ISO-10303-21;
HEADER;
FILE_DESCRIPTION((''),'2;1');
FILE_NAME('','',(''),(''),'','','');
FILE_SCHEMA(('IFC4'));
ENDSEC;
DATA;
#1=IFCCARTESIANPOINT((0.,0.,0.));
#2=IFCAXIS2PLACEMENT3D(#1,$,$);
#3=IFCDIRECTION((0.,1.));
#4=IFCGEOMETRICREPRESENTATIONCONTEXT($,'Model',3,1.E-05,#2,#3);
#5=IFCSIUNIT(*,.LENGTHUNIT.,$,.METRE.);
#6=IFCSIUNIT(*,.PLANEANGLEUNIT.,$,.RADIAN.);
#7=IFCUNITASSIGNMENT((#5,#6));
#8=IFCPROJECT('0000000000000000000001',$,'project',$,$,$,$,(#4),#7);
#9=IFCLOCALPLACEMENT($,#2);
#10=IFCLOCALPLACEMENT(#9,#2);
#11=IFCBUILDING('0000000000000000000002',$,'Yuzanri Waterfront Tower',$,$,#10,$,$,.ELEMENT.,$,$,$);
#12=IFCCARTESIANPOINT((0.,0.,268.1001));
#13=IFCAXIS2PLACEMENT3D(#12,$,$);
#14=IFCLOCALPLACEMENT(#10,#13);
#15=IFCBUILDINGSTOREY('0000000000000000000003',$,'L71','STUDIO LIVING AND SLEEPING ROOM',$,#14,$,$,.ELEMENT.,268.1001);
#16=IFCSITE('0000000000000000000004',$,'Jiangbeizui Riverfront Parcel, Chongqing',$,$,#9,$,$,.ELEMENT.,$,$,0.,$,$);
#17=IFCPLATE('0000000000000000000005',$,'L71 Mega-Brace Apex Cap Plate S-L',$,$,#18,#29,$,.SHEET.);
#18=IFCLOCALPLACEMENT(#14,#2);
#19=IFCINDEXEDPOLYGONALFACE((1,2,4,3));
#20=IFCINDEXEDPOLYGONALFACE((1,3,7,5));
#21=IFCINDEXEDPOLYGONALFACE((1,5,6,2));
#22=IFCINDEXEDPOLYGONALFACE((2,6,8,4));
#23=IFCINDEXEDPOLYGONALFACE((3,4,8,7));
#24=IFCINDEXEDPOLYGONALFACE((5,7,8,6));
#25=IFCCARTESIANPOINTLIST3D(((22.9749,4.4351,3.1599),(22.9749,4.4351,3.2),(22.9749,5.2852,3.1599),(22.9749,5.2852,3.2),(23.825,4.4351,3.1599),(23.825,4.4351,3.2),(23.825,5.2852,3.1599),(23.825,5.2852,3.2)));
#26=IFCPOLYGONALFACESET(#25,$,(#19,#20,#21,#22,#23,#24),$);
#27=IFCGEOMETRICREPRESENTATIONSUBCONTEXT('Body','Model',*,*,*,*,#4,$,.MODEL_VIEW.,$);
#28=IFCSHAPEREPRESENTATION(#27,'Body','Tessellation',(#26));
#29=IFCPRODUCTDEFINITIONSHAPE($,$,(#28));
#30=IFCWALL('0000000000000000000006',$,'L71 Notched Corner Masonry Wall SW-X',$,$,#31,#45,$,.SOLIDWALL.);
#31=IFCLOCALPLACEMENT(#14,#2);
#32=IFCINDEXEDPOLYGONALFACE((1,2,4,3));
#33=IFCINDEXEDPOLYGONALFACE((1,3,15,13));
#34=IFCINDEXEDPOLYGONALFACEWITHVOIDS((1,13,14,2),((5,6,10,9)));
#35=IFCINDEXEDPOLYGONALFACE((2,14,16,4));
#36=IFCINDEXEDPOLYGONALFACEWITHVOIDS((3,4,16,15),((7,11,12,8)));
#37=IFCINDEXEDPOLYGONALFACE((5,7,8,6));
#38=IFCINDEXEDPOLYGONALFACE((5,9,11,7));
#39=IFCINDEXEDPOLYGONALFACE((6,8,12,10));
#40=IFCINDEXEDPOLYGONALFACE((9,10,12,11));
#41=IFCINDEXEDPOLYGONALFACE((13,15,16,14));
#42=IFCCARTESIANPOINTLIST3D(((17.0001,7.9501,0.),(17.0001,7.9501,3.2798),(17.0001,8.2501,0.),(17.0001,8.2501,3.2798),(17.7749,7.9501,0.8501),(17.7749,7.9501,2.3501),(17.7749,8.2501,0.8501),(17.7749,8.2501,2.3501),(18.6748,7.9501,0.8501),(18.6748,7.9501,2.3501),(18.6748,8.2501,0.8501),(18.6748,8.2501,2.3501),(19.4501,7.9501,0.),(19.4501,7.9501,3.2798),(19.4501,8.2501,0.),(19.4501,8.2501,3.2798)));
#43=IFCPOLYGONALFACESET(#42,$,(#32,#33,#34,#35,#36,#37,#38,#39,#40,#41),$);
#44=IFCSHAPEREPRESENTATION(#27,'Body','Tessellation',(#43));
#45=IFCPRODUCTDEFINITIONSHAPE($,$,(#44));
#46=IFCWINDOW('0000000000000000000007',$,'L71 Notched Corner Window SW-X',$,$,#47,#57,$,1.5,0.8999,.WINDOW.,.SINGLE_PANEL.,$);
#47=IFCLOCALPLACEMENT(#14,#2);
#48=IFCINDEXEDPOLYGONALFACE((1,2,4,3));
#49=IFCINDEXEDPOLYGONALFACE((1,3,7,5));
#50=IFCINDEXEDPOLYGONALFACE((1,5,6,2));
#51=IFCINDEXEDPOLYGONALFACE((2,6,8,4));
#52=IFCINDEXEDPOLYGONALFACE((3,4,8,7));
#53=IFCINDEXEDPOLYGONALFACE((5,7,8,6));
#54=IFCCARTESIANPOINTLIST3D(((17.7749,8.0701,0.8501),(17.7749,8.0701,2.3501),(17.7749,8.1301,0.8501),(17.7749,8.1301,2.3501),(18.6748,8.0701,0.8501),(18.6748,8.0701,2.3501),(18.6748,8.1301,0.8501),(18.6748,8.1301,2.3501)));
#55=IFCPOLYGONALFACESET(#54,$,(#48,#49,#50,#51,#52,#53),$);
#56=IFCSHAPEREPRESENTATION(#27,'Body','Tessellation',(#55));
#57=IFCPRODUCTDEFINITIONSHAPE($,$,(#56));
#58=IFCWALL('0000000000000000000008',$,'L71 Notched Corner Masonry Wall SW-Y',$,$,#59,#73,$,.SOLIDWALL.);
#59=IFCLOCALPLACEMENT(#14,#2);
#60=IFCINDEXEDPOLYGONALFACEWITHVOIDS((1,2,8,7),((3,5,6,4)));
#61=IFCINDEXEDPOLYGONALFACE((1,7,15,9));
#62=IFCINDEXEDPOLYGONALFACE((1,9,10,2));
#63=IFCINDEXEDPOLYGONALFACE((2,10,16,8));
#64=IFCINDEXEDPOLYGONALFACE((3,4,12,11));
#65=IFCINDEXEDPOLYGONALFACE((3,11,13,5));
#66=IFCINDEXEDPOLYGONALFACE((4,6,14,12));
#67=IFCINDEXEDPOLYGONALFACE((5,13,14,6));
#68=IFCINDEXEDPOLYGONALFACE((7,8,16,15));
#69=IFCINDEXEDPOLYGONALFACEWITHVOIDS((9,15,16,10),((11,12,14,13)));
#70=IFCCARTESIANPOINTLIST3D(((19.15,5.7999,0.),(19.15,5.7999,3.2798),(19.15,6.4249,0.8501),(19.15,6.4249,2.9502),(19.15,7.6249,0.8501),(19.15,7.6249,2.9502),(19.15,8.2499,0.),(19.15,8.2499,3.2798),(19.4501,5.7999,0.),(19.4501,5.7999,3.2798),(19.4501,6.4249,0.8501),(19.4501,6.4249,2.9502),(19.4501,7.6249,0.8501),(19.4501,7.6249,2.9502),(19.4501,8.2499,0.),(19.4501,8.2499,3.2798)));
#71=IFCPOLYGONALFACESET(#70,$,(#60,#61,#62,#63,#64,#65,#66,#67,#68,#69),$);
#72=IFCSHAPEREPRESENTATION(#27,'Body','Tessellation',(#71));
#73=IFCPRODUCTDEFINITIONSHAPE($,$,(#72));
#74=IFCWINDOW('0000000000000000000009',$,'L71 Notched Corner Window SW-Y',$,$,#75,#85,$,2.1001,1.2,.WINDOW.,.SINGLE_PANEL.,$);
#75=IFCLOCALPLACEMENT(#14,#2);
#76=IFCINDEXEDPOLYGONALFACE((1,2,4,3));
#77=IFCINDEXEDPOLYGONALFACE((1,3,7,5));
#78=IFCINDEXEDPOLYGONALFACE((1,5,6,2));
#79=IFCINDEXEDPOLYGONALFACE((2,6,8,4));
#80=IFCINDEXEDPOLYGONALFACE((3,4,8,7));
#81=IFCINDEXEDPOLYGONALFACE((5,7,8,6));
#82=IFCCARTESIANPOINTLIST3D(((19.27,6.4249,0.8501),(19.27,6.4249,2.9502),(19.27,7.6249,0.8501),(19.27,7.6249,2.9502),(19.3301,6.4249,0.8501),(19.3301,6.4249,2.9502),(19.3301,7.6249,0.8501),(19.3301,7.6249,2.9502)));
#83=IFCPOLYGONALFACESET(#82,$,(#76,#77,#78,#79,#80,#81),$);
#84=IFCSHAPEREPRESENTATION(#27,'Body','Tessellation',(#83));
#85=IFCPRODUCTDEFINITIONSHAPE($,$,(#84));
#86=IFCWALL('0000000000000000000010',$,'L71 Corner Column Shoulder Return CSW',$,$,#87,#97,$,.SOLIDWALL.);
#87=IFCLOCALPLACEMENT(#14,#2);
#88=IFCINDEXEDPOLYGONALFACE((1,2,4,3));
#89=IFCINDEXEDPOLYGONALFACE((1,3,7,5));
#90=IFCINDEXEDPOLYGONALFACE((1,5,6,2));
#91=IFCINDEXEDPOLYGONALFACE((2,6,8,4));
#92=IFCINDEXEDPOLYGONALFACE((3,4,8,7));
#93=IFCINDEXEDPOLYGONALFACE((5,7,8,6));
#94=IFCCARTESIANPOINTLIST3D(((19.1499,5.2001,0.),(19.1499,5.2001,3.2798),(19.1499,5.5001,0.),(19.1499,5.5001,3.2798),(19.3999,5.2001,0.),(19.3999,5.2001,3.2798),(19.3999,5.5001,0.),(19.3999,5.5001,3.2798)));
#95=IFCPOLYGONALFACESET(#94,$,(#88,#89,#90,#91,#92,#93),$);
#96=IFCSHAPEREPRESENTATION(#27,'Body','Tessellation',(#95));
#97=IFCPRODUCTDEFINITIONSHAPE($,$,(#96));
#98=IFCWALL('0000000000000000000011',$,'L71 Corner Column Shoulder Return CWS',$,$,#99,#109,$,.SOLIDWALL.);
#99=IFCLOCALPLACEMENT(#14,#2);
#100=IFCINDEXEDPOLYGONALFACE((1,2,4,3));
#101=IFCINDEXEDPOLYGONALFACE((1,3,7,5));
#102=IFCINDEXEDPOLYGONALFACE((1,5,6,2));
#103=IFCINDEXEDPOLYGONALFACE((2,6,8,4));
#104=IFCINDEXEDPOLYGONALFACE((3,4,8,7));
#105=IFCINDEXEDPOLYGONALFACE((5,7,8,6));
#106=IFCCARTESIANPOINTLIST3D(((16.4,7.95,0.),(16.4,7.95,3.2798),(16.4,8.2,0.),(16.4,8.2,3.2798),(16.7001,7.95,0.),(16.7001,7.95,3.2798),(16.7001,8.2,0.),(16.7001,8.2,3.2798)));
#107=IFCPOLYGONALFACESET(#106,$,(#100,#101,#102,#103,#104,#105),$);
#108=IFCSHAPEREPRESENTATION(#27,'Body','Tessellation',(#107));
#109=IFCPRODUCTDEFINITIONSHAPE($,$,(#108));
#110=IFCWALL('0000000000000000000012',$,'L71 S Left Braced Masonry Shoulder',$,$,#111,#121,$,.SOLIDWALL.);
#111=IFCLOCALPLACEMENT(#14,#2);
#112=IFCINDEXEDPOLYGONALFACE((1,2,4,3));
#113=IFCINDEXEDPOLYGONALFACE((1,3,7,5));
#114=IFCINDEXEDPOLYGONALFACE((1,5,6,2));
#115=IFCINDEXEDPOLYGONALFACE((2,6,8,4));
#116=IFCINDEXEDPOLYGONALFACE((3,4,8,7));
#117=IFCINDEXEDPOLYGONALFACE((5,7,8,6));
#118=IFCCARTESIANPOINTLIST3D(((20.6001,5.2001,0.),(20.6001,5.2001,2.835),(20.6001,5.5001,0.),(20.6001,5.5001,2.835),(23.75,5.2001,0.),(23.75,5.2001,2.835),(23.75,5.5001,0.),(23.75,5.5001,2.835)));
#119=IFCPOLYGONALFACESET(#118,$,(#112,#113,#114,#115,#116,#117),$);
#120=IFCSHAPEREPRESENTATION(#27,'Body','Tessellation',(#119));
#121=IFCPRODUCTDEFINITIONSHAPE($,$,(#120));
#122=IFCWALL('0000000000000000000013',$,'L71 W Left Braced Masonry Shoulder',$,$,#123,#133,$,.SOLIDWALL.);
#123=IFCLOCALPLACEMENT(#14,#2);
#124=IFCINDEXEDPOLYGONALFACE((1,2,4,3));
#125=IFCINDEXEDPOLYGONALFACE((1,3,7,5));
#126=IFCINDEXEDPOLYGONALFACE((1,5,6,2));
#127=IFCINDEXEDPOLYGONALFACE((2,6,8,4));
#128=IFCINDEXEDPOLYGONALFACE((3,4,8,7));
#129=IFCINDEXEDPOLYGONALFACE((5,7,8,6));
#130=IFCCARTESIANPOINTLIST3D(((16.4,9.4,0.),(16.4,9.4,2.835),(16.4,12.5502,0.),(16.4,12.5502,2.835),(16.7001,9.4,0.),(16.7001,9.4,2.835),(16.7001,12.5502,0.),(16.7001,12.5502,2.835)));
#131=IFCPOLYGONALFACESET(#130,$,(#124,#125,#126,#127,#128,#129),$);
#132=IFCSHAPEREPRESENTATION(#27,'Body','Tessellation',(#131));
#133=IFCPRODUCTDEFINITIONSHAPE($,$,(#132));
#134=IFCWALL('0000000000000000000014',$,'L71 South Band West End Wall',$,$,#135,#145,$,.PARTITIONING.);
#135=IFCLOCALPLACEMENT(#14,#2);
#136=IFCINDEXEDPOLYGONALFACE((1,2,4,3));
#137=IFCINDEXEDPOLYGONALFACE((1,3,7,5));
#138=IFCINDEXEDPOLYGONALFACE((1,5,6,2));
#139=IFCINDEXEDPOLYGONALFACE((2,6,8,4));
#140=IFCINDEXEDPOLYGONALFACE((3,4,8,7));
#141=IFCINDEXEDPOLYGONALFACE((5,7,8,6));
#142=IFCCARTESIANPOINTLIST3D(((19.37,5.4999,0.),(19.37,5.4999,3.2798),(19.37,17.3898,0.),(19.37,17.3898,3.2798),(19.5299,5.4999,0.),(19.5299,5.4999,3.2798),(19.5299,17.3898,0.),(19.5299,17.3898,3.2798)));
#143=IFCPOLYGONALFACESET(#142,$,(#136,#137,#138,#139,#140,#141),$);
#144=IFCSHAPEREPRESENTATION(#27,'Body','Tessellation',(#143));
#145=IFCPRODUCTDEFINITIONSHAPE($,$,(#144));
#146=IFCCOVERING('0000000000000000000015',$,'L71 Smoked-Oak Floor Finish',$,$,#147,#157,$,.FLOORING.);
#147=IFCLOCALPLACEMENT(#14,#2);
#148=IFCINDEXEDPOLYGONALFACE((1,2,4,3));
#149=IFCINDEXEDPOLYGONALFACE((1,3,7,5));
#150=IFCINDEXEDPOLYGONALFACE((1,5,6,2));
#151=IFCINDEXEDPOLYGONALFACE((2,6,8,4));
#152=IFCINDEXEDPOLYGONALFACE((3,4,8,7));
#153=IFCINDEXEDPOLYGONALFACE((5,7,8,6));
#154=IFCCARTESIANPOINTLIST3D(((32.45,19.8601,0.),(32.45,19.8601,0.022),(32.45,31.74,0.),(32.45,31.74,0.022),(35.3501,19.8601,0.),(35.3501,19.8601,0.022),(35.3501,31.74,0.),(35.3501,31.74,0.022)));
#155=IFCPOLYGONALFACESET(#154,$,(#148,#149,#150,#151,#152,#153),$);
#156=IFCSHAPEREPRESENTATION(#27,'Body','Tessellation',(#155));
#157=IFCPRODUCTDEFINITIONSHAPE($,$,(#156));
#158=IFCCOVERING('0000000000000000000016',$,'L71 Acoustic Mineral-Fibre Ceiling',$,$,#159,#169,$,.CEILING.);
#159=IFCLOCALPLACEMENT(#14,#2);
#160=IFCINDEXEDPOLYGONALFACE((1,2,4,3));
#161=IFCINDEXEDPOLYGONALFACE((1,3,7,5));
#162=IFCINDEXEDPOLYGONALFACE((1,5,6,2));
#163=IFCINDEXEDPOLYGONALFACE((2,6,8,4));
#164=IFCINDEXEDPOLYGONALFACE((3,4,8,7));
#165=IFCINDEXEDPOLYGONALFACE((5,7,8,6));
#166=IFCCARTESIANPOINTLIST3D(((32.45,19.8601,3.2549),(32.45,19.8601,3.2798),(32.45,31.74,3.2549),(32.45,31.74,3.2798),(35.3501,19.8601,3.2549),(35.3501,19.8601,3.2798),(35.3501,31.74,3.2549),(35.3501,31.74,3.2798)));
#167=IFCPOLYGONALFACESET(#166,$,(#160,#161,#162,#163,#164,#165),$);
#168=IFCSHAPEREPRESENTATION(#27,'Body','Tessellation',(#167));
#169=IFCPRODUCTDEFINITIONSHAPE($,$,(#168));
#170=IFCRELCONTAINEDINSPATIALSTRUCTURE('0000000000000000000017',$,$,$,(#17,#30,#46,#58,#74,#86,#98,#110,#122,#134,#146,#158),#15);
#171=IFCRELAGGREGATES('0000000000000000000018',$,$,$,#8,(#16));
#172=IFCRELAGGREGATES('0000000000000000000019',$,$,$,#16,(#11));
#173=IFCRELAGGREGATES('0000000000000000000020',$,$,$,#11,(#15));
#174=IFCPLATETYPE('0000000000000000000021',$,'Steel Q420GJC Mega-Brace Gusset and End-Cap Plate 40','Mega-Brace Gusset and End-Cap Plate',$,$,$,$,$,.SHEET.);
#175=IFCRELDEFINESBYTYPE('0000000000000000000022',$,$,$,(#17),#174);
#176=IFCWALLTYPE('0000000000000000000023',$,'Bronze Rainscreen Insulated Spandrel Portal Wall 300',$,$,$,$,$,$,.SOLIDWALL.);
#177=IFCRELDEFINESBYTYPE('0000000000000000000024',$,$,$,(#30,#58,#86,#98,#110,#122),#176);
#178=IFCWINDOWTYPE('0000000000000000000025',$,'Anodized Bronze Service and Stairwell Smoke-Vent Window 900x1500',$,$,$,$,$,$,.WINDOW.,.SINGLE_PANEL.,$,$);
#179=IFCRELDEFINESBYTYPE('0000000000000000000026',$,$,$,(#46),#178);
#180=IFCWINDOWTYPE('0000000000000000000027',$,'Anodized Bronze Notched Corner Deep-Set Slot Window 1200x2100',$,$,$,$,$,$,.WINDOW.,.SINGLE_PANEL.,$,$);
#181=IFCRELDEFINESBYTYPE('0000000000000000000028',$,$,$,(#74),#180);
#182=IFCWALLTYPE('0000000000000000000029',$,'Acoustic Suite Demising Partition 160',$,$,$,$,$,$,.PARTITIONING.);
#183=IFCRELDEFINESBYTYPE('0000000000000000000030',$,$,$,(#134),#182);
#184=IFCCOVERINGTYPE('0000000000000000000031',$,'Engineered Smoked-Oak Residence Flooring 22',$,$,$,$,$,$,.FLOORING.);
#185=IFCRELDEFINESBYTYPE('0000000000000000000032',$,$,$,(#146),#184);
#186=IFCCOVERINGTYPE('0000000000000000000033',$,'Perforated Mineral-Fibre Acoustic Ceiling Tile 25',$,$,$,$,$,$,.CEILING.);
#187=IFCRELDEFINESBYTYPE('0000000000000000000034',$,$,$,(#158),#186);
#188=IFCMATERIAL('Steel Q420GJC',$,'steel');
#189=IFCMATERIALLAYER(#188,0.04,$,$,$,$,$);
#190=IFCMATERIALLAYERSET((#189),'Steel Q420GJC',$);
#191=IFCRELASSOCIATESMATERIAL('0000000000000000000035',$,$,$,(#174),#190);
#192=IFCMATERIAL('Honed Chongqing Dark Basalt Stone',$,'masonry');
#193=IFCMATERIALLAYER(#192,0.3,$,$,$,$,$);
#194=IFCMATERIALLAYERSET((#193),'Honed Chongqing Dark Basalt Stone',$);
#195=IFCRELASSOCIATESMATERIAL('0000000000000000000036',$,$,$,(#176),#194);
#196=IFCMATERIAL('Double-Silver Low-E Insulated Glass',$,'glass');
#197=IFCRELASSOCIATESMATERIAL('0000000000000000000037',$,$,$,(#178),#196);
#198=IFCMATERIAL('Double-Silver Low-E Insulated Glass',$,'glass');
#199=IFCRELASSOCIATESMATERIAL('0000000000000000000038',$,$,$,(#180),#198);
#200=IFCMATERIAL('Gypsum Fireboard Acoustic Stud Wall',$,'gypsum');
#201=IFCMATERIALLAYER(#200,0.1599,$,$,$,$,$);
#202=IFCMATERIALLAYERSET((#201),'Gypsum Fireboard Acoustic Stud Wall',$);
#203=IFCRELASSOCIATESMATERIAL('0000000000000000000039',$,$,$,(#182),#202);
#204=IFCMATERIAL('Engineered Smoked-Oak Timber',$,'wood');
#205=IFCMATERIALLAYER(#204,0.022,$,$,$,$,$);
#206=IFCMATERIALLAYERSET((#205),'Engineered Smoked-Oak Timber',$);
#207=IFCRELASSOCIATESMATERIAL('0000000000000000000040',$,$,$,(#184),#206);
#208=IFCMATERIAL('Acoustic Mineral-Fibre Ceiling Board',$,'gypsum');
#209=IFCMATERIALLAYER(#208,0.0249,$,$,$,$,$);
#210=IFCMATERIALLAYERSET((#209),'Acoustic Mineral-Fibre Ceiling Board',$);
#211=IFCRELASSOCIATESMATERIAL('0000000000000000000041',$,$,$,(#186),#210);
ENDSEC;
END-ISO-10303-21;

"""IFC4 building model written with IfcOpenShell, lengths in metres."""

from ifc_helpers import new_model, si_unit, direction, frame, frame_2d, origin, origin_2d, place, context, subcontext, project, spatial, polyline, rectangle, outline, extrude, source, transform, mapped, material, layer, layer_set, type_object, element, fill, save


model = new_model("IFC4")

# Units and contexts
model_context = context("Model", 3, precision=1e-05, world=origin(), true_north=direction((0.0, 1.0)))
body_context = subcontext(model_context, "Body", "Model", "MODEL_VIEW")
ifc_project = project(units=[si_unit("LENGTHUNIT", "METRE"), si_unit("PLANEANGLEUNIT", "RADIAN")], contexts=[model_context])

# Site, building, storey
site_placement = place(None, origin())
site = spatial("IfcSite", under=ifc_project, at=site_placement, Name="Jiangbeizui Riverfront Parcel, Chongqing", CompositionType="ELEMENT", RefElevation=0.0)
building_placement = place(site_placement, origin())
building = spatial("IfcBuilding", under=site, at=building_placement, Name="Yuzanri Waterfront Tower", CompositionType="ELEMENT")
storey_placement = place(building_placement, frame((0.0, 0.0, 268.1001)))
storey = spatial("IfcBuildingStorey", under=building, at=storey_placement, Name="L71", Description="STUDIO LIVING AND SLEEPING ROOM", CompositionType="ELEMENT", Elevation=268.1001)

# Plate
ifc_material_1 = material(Name="Steel Q420GJC", Category="steel")
ifc_layer_1 = layer(ifc_material_1, 0.04)
ifc_layer_set_1 = layer_set([ifc_layer_1], Name="Steel Q420GJC")
plate_type = type_object("IfcPlateType", Name="Steel Q420GJC Mega-Brace Gusset and End-Cap Plate 40", Description="Mega-Brace Gusset and End-Cap Plate", PredefinedType="SHEET", material=ifc_layer_set_1)
shared_shape_1 = source(origin(), body_context, "Body", "SweptSolid", [
    extrude(rectangle(XDim=0.8501, YDim=0.8501, at=origin_2d()), origin(), (0.0, 0.0, 1.0), 0.04),
])
plate_placement = place(storey_placement, frame((23.3999, 4.8601, 3.1599), z_axis=(0.0, 0.0, 1.0), x_axis=(1.0, 0.0, 0.0)))
element("IfcPlate", 1, at=plate_placement, inside=storey, type_object=plate_type, Name="L71 Mega-Brace Apex Cap Plate S-L", PredefinedType="SHEET", context=body_context, shape_type="MappedRepresentation", body=[
    mapped(shared_shape_1, transform((0.0, 0.0, 0.0), scale=1.0)),
])

# Walls, openings, windows
ifc_material_2 = material(Name="Honed Chongqing Dark Basalt Stone", Category="masonry")
ifc_layer_2 = layer(ifc_material_2, 0.3)
ifc_layer_set_2 = layer_set([ifc_layer_2], Name="Honed Chongqing Dark Basalt Stone")
wall_type_1 = type_object("IfcWallType", Name="Bronze Rainscreen Insulated Spandrel Portal Wall 300", PredefinedType="SOLIDWALL", material=ifc_layer_set_2)
wall_1_placement = place(storey_placement, frame((17.0, 8.1001, 0.0), z_axis=(0.0, 0.0, 1.0), x_axis=(1.0, 0.0, 0.0)))
wall_1 = element("IfcWall", 2, at=wall_1_placement, inside=storey, type_object=wall_type_1, Name="L71 Notched Corner Masonry Wall SW-X", PredefinedType="SOLIDWALL", context=body_context, shape_type="SweptSolid", body=[
    extrude(rectangle(XDim=2.45, YDim=0.3, at=frame_2d((1.2251, 0.0))), origin(), (0.0, 0.0, 1.0), 3.2798),
])
opening_1_placement = place(wall_1_placement, frame((0.7749, 0.0, 0.8501)))
opening_1 = element("IfcOpeningElement", 3, at=opening_1_placement, cuts=wall_1, PredefinedType="OPENING", context=body_context, shape_type="SweptSolid", body=[
    extrude(rectangle(XDim=0.8999, YDim=1.5, at=frame_2d((0.45, 0.75))), frame((0.0, 0.165, 0.0), z_axis=(0.0, -1.0, 0.0), x_axis=(1.0, 0.0, 0.0)), (0.0, 0.0, 1.0), 0.3298),
])
ifc_material_3 = material(Name="Double-Silver Low-E Insulated Glass", Category="glass")
window_type_1 = type_object("IfcWindowType", Name="Anodized Bronze Service and Stairwell Smoke-Vent Window 900x1500", PartitioningType="SINGLE_PANEL", PredefinedType="WINDOW", material=ifc_material_3)
shared_shape_2 = source(origin(), body_context, "Body", "SweptSolid", [
    extrude(rectangle(XDim=0.8999, YDim=1.5, at=frame_2d((0.45, 0.75))), frame((0.0, 0.03, 0.0), z_axis=(0.0, -1.0, 0.0), x_axis=(1.0, 0.0, 0.0)), (0.0, 0.0, 1.0), 0.0601),
])
window_1_placement = place(opening_1_placement, origin())
window_1 = element("IfcWindow", 4, at=window_1_placement, inside=storey, type_object=window_type_1, Name="L71 Notched Corner Window SW-X", OverallHeight=1.5, OverallWidth=0.8999, PartitioningType="SINGLE_PANEL", PredefinedType="WINDOW", context=body_context, shape_type="MappedRepresentation", body=[
    mapped(shared_shape_2, transform((0.0, 0.0, 0.0), scale=1.0)),
])
fill(opening_1, window_1)
wall_2_placement = place(storey_placement, frame((19.3, 8.25, 0.0), z_axis=(0.0, 0.0, 1.0), x_axis=(0.0, -1.0, 0.0)))
wall_2 = element("IfcWall", 5, at=wall_2_placement, inside=storey, type_object=wall_type_1, Name="L71 Notched Corner Masonry Wall SW-Y", PredefinedType="SOLIDWALL", context=body_context, shape_type="SweptSolid", body=[
    extrude(rectangle(XDim=2.45, YDim=0.3, at=frame_2d((1.2251, 0.0))), origin(), (0.0, 0.0, 1.0), 3.2798),
])
opening_2_placement = place(wall_2_placement, frame((0.625, 0.0, 0.8501)))
opening_2 = element("IfcOpeningElement", 6, at=opening_2_placement, cuts=wall_2, PredefinedType="OPENING", context=body_context, shape_type="SweptSolid", body=[
    extrude(rectangle(XDim=1.2, YDim=2.1001, at=frame_2d((0.6001, 1.05))), frame((0.0, 0.165, 0.0), z_axis=(0.0, -1.0, 0.0), x_axis=(1.0, 0.0, 0.0)), (0.0, 0.0, 1.0), 0.3298),
])
ifc_material_4 = material(Name="Double-Silver Low-E Insulated Glass", Category="glass")
window_type_2 = type_object("IfcWindowType", Name="Anodized Bronze Notched Corner Deep-Set Slot Window 1200x2100", PartitioningType="SINGLE_PANEL", PredefinedType="WINDOW", material=ifc_material_4)
shared_shape_3 = source(origin(), body_context, "Body", "SweptSolid", [
    extrude(rectangle(XDim=1.2, YDim=2.1001, at=frame_2d((0.6001, 1.05))), frame((0.0, 0.03, 0.0), z_axis=(0.0, -1.0, 0.0), x_axis=(1.0, 0.0, 0.0)), (0.0, 0.0, 1.0), 0.0601),
])
window_2_placement = place(opening_2_placement, origin())
window_2 = element("IfcWindow", 7, at=window_2_placement, inside=storey, type_object=window_type_2, Name="L71 Notched Corner Window SW-Y", OverallHeight=2.1001, OverallWidth=1.2, PartitioningType="SINGLE_PANEL", PredefinedType="WINDOW", context=body_context, shape_type="MappedRepresentation", body=[
    mapped(shared_shape_3, transform((0.0, 0.0, 0.0), scale=1.0)),
])
fill(opening_2, window_2)

# Walls
shared_shape_4 = source(origin(), body_context, "Body", "SweptSolid", [
    extrude(rectangle(XDim=0.25, YDim=0.3, at=frame_2d((0.125, 0.0))), origin(), (0.0, 0.0, 1.0), 3.2798),
])
for number, where, z_axis, x_axis, name in (
    (8, (19.1499, 5.3501, 0.0), (0.0, 0.0, 1.0), (1.0, 0.0, 0.0), "L71 Corner Column Shoulder Return CSW"),
    (9, (16.55, 7.95, 0.0), (0.0, 0.0, 1.0), (0.0, 1.0, 0.0), "L71 Corner Column Shoulder Return CWS"),
):
    element("IfcWall", number, at=place(storey_placement, frame(where, z_axis=z_axis, x_axis=x_axis)), inside=storey, type_object=wall_type_1, Name=name, PredefinedType="SOLIDWALL", context=body_context, shape_type="MappedRepresentation", body=[
        mapped(shared_shape_4, transform((0.0, 0.0, 0.0), scale=1.0)),
    ])
shared_shape_5 = source(origin(), body_context, "Body", "SweptSolid", [
    extrude(rectangle(XDim=3.1499, YDim=0.3, at=frame_2d((1.575, 0.0))), origin(), (0.0, 0.0, 1.0), 2.835),
])
wall_3_placement = place(storey_placement, frame((20.6001, 5.3501, 0.0), z_axis=(0.0, 0.0, 1.0), x_axis=(1.0, 0.0, 0.0)))
element("IfcWall", 10, at=wall_3_placement, inside=storey, type_object=wall_type_1, Name="L71 S Left Braced Masonry Shoulder", PredefinedType="SOLIDWALL", context=body_context, shape_type="MappedRepresentation", body=[
    mapped(shared_shape_5, transform((0.0, 0.0, 0.0), scale=1.0)),
])
shared_shape_6 = source(origin(), body_context, "Body", "SweptSolid", [
    extrude(rectangle(XDim=3.1501, YDim=0.3, at=frame_2d((1.5752, 0.0))), origin(), (0.0, 0.0, 1.0), 2.835),
])
wall_4_placement = place(storey_placement, frame((16.55, 9.3999, 0.0), z_axis=(0.0, 0.0, 1.0), x_axis=(0.0, 1.0, 0.0)))
element("IfcWall", 11, at=wall_4_placement, inside=storey, type_object=wall_type_1, Name="L71 W Left Braced Masonry Shoulder", PredefinedType="SOLIDWALL", context=body_context, shape_type="MappedRepresentation", body=[
    mapped(shared_shape_6, transform((0.0, 0.0, 0.0), scale=1.0)),
])
ifc_material_5 = material(Name="Gypsum Fireboard Acoustic Stud Wall", Category="gypsum")
ifc_layer_3 = layer(ifc_material_5, 0.1599)
ifc_layer_set_3 = layer_set([ifc_layer_3], Name="Gypsum Fireboard Acoustic Stud Wall")
wall_type_2 = type_object("IfcWallType", Name="Acoustic Suite Demising Partition 160", PredefinedType="PARTITIONING", material=ifc_layer_set_3)
shared_shape_7 = source(origin(), body_context, "Body", "SweptSolid", [
    extrude(rectangle(XDim=11.8899, YDim=0.1599, at=frame_2d((5.9448, 0.0))), origin(), (0.0, 0.0, 1.0), 3.2798),
])
wall_5_placement = place(storey_placement, frame((19.45, 5.5, 0.0), z_axis=(0.0, 0.0, 1.0), x_axis=(0.0, 1.0, 0.0)))
element("IfcWall", 12, at=wall_5_placement, inside=storey, type_object=wall_type_2, Name="L71 South Band West End Wall", PredefinedType="PARTITIONING", context=body_context, shape_type="MappedRepresentation", body=[
    mapped(shared_shape_7, transform((0.0, 0.0, 0.0), scale=1.0)),
])

# Coverings
ifc_material_6 = material(Name="Engineered Smoked-Oak Timber", Category="wood")
ifc_layer_4 = layer(ifc_material_6, 0.022)
ifc_layer_set_4 = layer_set([ifc_layer_4], Name="Engineered Smoked-Oak Timber")
covering_type_1 = type_object("IfcCoveringType", Name="Engineered Smoked-Oak Residence Flooring 22", PredefinedType="FLOORING", material=ifc_layer_set_4)
covering_1_placement = place(storey_placement, origin())
element("IfcCovering", 13, at=covering_1_placement, inside=storey, type_object=covering_type_1, Name="L71 Smoked-Oak Floor Finish", PredefinedType="FLOORING", context=body_context, shape_type="SweptSolid", body=[
    extrude(outline(polyline([(32.45, 19.8601), (35.3501, 19.8601), (35.3501, 31.74), (32.45, 31.74), (32.45, 19.8601)])), origin(), (0.0, 0.0, 1.0), 0.022),
])
ifc_material_7 = material(Name="Acoustic Mineral-Fibre Ceiling Board", Category="gypsum")
ifc_layer_5 = layer(ifc_material_7, 0.0249)
ifc_layer_set_5 = layer_set([ifc_layer_5], Name="Acoustic Mineral-Fibre Ceiling Board")
covering_type_2 = type_object("IfcCoveringType", Name="Perforated Mineral-Fibre Acoustic Ceiling Tile 25", PredefinedType="CEILING", material=ifc_layer_set_5)
covering_2_placement = place(storey_placement, frame((0.0, 0.0, 3.2549)))
element("IfcCovering", 14, at=covering_2_placement, inside=storey, type_object=covering_type_2, Name="L71 Acoustic Mineral-Fibre Ceiling", PredefinedType="CEILING", context=body_context, shape_type="SweptSolid", body=[
    extrude(outline(polyline([(32.45, 19.8601), (35.3501, 19.8601), (35.3501, 31.74), (32.45, 31.74), (32.45, 19.8601)])), origin(), (0.0, 0.0, 1.0), 0.0249),
])

save(model, "model.ifc")
